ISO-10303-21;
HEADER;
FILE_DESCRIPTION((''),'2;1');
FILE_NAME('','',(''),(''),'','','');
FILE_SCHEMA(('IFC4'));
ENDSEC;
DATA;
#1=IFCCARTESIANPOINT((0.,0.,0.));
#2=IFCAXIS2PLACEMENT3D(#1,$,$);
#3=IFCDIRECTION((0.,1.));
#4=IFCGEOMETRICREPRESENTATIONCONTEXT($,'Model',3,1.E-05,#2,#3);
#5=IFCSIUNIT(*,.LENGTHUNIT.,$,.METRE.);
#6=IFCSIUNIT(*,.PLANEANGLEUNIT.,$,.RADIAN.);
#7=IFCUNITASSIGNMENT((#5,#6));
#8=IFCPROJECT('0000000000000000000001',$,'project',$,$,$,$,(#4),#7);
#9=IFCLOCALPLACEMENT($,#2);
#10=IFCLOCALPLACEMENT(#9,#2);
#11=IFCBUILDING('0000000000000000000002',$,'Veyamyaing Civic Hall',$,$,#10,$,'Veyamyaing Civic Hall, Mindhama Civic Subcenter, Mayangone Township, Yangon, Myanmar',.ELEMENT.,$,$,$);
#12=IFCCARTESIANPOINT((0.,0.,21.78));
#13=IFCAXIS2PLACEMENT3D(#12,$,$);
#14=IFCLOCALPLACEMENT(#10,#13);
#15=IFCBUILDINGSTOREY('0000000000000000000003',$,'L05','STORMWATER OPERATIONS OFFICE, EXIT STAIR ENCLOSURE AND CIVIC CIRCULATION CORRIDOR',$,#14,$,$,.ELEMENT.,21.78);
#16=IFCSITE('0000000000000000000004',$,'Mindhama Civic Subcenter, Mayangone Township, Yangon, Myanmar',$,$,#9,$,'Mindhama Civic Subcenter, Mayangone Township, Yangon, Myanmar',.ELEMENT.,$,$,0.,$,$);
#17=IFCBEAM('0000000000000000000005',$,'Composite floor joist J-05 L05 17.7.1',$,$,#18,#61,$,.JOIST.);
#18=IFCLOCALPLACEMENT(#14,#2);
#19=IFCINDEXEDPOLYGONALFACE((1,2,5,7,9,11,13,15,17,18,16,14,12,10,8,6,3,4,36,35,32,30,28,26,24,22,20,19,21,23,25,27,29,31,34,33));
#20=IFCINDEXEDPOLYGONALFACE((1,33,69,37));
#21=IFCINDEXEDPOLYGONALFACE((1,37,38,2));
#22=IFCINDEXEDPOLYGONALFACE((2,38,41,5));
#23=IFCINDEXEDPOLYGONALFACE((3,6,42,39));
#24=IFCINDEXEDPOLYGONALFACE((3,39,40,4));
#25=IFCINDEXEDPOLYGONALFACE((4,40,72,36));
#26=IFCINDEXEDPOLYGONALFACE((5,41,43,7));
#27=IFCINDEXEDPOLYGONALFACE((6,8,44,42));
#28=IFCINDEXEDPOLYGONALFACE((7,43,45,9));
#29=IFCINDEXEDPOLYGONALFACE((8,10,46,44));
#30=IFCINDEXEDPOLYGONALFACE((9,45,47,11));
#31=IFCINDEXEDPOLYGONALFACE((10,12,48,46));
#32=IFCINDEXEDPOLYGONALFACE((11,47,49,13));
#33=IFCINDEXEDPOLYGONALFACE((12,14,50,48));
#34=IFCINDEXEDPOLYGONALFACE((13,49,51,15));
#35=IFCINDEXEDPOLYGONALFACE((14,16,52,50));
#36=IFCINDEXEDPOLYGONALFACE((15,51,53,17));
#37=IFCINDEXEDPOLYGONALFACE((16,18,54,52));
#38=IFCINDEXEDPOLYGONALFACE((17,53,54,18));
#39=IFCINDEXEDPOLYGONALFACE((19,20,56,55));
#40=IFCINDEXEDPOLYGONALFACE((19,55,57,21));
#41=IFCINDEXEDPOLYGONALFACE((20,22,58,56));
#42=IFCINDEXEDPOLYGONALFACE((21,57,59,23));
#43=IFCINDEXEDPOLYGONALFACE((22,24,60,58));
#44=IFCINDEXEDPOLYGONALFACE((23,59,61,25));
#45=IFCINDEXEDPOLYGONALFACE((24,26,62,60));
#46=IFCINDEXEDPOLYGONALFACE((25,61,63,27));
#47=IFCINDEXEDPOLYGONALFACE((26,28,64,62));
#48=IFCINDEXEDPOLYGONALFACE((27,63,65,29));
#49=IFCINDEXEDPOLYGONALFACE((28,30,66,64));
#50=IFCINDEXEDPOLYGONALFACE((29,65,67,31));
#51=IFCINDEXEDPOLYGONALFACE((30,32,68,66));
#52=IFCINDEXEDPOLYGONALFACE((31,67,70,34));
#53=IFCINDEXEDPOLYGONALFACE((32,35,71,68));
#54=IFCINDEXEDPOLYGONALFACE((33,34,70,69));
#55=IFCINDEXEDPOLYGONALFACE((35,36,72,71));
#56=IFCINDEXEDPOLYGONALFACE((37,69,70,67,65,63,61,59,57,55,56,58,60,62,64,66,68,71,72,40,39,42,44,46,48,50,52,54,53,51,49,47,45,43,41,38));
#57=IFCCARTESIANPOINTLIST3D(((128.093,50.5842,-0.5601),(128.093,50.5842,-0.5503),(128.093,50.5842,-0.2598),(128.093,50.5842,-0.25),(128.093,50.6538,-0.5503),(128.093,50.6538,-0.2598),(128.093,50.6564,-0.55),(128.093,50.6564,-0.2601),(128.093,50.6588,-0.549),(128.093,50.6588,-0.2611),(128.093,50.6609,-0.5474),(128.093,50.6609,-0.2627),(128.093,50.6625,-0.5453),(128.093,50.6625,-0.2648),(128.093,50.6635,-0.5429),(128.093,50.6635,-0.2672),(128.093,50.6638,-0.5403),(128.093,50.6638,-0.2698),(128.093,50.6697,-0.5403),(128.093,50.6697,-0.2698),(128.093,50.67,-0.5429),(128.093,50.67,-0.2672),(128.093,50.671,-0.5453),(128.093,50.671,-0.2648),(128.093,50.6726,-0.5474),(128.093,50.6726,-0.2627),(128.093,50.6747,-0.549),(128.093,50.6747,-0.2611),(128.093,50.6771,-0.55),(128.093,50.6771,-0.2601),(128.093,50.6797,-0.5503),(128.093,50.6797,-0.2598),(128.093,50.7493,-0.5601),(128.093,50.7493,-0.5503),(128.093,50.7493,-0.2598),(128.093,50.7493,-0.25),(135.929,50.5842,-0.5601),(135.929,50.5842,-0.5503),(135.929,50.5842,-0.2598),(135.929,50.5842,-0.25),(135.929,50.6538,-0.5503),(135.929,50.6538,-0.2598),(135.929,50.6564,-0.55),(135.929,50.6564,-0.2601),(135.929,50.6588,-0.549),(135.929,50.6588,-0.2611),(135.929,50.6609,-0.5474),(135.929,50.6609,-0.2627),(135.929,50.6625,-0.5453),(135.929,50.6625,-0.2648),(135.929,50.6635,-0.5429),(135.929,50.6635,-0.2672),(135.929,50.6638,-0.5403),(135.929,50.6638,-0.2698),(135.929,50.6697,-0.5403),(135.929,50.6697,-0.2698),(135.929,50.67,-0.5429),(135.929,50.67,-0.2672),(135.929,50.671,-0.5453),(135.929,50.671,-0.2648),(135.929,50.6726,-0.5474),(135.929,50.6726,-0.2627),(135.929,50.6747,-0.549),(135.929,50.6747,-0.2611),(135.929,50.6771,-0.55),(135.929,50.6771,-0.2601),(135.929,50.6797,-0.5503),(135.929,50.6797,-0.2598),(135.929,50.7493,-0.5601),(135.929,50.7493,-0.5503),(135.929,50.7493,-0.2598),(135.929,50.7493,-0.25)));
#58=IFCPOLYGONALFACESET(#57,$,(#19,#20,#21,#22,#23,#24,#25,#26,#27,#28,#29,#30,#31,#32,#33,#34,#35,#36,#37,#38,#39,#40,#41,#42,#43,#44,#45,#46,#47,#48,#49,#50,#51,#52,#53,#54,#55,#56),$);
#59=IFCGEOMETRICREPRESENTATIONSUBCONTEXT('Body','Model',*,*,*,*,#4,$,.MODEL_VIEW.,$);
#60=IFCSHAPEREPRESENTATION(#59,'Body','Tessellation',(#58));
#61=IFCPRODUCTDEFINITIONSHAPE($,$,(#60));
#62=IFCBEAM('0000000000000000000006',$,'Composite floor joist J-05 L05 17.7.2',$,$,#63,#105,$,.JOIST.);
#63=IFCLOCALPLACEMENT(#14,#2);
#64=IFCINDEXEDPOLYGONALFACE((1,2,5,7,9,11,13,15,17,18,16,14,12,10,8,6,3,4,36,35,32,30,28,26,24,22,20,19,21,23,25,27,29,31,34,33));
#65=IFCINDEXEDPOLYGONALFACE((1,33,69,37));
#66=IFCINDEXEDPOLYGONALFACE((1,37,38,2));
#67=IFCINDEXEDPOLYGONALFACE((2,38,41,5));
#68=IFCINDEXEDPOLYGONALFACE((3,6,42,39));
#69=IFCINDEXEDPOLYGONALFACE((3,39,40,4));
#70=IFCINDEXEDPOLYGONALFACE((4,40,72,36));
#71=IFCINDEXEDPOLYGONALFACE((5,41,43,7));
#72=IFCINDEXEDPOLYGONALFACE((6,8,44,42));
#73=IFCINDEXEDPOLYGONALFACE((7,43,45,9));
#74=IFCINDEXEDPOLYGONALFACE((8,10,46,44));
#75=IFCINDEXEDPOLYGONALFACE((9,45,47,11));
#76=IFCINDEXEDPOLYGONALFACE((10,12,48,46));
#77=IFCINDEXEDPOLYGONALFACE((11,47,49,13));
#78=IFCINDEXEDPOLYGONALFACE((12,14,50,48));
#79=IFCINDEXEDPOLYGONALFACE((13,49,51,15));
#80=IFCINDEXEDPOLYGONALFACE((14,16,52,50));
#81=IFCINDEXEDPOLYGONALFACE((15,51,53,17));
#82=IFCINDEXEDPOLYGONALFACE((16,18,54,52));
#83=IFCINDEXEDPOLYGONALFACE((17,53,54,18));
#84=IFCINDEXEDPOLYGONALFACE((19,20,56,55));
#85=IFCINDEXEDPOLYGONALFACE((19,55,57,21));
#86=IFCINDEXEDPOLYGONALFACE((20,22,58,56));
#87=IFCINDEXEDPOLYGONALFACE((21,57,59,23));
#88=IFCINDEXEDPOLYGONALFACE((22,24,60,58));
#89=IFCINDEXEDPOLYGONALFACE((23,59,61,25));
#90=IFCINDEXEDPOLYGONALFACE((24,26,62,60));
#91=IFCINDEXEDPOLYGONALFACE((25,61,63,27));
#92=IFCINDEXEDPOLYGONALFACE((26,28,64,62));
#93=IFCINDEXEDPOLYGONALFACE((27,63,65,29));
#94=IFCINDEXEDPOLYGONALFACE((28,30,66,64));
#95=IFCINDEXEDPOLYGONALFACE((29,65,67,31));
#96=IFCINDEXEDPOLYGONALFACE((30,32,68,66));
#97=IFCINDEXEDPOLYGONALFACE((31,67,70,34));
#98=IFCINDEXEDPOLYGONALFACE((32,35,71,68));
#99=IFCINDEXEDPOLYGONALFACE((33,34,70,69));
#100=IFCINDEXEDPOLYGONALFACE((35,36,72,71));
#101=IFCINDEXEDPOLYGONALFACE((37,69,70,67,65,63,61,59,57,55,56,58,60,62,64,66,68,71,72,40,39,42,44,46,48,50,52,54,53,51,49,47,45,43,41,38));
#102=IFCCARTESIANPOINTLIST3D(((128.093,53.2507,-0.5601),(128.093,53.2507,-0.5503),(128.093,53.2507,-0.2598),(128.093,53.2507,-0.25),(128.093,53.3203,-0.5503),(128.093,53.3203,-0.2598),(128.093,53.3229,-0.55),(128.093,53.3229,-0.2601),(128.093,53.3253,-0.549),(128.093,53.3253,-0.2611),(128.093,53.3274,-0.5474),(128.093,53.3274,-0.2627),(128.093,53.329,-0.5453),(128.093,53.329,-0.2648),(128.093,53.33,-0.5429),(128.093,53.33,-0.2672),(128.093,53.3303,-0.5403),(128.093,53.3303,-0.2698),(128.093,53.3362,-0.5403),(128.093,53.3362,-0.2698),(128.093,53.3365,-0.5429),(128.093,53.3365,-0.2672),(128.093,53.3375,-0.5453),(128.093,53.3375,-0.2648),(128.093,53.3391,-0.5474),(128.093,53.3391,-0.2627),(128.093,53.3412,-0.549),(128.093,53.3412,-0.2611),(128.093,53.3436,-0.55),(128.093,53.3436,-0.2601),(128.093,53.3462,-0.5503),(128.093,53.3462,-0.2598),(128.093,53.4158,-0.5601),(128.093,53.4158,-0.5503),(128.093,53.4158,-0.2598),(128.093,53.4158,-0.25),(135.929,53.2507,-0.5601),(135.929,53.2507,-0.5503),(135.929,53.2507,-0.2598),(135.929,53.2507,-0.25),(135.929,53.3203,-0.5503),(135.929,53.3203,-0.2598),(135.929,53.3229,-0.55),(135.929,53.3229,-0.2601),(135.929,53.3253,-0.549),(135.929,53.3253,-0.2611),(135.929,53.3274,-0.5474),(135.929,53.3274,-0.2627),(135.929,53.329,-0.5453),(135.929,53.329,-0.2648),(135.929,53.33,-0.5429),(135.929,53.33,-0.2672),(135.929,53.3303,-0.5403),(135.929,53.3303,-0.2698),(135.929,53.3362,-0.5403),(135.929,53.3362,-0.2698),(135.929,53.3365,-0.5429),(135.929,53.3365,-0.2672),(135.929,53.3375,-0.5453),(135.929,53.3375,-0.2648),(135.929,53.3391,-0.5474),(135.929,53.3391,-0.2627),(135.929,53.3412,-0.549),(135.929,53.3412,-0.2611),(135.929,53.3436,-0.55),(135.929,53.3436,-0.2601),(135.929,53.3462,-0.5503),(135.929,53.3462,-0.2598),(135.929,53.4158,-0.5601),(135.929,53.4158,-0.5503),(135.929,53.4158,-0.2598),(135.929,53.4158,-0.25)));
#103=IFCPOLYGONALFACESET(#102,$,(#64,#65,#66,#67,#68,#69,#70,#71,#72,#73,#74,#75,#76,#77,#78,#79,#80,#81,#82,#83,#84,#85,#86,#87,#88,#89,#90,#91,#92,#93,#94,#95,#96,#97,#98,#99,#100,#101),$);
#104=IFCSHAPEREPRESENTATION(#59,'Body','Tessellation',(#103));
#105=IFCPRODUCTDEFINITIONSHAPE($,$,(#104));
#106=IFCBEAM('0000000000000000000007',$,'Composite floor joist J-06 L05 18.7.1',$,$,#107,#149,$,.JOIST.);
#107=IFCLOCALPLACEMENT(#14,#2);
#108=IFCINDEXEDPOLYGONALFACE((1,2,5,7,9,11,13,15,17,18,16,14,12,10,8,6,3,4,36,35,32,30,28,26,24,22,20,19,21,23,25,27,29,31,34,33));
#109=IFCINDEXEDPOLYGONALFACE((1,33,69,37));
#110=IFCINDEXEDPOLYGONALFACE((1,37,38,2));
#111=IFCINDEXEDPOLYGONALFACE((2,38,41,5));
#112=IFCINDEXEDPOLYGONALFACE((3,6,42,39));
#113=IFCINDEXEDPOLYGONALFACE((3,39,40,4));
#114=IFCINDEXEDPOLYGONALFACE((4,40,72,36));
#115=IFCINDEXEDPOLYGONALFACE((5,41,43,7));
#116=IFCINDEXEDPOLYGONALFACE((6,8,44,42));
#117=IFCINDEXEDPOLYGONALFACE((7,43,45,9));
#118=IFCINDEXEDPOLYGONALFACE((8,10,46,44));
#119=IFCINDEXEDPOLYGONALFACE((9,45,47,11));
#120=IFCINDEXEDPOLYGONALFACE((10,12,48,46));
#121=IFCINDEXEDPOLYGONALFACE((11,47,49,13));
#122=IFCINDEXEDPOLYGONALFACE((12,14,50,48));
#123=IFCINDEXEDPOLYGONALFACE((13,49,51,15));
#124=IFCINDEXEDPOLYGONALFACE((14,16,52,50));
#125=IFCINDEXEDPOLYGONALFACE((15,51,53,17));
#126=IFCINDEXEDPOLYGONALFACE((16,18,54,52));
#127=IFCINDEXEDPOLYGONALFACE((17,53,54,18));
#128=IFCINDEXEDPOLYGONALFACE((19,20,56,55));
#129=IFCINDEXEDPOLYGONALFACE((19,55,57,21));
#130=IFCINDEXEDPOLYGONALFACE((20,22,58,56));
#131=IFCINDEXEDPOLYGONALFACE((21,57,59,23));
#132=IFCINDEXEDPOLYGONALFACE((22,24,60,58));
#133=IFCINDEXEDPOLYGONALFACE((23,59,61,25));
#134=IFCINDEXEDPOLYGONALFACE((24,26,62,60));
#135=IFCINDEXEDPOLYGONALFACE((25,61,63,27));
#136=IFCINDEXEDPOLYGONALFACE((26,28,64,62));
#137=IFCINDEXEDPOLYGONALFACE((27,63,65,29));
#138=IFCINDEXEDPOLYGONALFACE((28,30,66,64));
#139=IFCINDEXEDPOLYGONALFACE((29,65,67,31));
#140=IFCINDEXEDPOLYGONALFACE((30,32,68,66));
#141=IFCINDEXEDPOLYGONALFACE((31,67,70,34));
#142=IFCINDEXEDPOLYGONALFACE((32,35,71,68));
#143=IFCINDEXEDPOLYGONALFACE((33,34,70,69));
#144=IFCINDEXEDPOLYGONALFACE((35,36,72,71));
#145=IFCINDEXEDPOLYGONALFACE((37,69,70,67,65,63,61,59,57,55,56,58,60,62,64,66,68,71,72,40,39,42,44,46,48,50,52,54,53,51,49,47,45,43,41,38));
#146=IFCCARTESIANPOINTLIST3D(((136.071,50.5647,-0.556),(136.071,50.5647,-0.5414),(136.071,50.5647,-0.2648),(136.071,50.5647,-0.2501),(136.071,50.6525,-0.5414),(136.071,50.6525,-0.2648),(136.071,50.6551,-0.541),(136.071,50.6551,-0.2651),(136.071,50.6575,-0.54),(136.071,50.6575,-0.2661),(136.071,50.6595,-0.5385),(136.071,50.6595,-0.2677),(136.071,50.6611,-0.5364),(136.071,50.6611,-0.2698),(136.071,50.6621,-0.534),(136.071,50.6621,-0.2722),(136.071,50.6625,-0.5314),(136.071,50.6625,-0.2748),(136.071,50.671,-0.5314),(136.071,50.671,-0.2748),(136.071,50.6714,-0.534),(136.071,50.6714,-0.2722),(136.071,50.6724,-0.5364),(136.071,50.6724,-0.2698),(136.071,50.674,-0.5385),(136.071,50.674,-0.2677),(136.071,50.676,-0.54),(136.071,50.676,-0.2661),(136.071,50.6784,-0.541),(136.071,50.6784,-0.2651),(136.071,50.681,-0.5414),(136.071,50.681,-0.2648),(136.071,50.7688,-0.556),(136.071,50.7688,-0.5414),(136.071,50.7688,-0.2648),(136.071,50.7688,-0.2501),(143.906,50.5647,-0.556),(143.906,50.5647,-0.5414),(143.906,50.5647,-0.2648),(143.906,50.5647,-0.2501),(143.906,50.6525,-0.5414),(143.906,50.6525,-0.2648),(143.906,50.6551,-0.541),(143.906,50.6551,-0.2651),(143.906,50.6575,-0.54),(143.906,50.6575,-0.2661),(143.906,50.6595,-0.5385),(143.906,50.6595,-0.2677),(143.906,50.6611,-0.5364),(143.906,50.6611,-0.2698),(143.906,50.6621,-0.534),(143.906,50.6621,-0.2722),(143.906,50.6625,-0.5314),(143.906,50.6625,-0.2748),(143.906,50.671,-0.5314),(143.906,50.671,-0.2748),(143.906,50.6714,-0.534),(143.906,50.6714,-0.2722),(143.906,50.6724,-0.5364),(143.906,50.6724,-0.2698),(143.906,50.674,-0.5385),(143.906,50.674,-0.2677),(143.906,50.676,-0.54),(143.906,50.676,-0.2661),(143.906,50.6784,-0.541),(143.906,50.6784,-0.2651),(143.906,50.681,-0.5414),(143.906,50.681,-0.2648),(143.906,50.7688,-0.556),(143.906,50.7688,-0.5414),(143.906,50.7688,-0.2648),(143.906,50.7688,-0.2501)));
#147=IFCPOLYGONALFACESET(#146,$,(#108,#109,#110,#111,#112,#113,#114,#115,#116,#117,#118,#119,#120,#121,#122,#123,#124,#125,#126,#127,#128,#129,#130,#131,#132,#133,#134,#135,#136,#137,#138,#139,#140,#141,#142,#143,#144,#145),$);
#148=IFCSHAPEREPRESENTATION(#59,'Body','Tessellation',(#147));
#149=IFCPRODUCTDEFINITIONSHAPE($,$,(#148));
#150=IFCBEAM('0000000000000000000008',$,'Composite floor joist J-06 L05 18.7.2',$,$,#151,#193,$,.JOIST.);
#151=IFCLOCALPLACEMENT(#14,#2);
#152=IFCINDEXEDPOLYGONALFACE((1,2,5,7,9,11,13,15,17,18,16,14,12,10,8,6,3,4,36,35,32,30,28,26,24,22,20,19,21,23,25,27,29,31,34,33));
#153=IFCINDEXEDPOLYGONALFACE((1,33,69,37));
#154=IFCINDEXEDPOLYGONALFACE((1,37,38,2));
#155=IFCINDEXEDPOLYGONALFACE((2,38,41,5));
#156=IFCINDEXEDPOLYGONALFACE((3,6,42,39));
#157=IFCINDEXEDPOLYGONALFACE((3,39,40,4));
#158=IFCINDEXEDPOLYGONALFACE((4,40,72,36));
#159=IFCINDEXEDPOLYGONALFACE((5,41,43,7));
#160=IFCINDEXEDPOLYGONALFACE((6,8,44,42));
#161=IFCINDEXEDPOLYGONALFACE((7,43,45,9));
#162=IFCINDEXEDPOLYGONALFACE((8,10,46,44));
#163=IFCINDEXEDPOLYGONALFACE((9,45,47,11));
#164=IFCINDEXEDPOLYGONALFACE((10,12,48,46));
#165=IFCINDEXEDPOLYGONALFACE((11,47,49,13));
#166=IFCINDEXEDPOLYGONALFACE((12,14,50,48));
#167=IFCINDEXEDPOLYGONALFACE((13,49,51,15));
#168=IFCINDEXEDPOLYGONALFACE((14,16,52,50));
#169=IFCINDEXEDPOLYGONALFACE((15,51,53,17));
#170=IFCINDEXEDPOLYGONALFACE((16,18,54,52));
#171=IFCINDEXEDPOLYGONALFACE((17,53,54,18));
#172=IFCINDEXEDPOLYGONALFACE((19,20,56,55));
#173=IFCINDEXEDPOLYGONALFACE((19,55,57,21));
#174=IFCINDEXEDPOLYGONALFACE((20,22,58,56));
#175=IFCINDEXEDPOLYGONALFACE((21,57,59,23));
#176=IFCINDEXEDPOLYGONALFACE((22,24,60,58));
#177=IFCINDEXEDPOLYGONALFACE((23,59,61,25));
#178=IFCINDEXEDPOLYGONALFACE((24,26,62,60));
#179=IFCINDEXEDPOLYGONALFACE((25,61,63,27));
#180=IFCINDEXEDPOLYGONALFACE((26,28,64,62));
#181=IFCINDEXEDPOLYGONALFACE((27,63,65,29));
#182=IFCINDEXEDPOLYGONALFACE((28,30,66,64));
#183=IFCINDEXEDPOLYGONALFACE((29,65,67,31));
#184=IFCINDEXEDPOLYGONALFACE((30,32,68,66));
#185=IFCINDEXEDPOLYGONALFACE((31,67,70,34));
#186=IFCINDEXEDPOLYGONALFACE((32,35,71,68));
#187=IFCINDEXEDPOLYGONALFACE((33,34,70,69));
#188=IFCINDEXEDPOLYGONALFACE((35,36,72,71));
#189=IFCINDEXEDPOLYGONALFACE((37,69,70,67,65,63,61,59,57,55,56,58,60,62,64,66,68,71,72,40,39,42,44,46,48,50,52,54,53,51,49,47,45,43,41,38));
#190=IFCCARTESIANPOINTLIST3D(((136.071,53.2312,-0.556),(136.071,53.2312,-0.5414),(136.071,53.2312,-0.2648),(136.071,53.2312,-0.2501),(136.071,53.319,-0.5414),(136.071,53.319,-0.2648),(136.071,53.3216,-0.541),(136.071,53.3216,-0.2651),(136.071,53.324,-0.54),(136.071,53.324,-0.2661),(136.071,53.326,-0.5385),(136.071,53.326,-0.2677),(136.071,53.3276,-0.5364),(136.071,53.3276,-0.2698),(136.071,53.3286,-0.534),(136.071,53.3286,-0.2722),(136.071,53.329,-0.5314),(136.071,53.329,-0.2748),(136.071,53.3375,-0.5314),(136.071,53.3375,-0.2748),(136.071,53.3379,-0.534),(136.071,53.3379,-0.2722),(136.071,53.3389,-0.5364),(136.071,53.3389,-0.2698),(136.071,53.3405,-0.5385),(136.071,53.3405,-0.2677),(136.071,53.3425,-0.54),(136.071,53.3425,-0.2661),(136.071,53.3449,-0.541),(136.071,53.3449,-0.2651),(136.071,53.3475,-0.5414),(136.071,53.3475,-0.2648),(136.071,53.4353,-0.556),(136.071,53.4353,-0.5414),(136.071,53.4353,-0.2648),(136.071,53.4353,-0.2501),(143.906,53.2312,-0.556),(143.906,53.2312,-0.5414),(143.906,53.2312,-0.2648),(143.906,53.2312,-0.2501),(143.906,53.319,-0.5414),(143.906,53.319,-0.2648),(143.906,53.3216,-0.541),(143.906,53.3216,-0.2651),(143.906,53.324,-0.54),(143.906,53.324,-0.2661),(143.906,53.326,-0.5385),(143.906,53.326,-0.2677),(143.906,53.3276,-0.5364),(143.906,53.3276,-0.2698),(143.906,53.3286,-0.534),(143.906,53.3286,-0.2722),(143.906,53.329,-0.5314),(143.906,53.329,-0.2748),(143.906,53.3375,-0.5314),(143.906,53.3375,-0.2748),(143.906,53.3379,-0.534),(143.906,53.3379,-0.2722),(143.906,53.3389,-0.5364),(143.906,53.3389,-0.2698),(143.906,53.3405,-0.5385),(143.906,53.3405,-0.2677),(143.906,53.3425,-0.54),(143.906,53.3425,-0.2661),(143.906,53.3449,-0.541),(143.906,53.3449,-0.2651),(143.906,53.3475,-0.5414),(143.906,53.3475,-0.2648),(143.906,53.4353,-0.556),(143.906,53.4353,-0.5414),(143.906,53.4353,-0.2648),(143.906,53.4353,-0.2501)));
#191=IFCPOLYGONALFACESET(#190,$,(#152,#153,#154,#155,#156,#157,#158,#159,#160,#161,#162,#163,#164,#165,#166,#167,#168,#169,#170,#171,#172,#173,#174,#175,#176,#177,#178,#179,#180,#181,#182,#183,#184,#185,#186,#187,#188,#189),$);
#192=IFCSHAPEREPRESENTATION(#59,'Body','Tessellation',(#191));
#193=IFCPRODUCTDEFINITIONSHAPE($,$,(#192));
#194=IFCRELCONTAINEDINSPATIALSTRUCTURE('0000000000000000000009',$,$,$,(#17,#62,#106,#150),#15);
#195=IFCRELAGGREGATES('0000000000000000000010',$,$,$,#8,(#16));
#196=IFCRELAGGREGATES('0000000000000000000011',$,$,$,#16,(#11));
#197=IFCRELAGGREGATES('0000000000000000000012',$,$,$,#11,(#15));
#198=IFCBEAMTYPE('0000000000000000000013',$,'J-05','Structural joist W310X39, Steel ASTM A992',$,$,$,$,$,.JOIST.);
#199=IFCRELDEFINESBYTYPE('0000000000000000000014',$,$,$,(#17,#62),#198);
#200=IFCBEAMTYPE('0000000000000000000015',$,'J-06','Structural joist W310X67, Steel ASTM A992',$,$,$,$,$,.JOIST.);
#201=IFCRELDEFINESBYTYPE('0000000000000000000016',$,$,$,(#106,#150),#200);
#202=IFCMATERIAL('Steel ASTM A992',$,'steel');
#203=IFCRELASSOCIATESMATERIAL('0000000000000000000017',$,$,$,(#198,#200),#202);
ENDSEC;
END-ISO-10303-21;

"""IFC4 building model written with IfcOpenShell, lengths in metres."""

from ifc_helpers import new_model, si_unit, direction, frame, origin, origin_2d, place, context, subcontext, project, spatial, i_section, extrude, material, material_profile, profile_set, type_object, element, save


model = new_model("IFC4")

# Units and contexts
model_context = context("Model", 3, precision=1e-05, world=origin(), true_north=direction((0.0, 1.0)))
body_context = subcontext(model_context, "Body", "Model", "MODEL_VIEW")
ifc_project = project(units=[si_unit("LENGTHUNIT", "METRE"), si_unit("PLANEANGLEUNIT", "RADIAN")], contexts=[model_context])

# Site, building, storey
site_placement = place(None, origin())
site = spatial("IfcSite", under=ifc_project, at=site_placement, Name="Mindhama Civic Subcenter, Mayangone Township, Yangon, Myanmar", LongName="Mindhama Civic Subcenter, Mayangone Township, Yangon, Myanmar", CompositionType="ELEMENT", RefElevation=0.0)
building_placement = place(site_placement, origin())
building = spatial("IfcBuilding", under=site, at=building_placement, Name="Veyamyaing Civic Hall", LongName="Veyamyaing Civic Hall, Mindhama Civic Subcenter, Mayangone Township, Yangon, Myanmar", CompositionType="ELEMENT")
storey_placement = place(building_placement, frame((0.0, 0.0, 21.78)))
storey = spatial("IfcBuildingStorey", under=building, at=storey_placement, Name="L05", Description="STORMWATER OPERATIONS OFFICE, EXIT STAIR ENCLOSURE AND CIVIC CIRCULATION CORRIDOR", CompositionType="ELEMENT", Elevation=21.78)

# Beams
ifc_material = material(Name="Steel ASTM A992", Category="steel")
ifc_material_profile_1 = material_profile(ifc_material, i_section(OverallWidth=0.165, OverallDepth=0.3101, WebThickness=0.0059, FlangeThickness=0.0098, FilletRadius=0.01, at=origin_2d()), Name="W310X39")
ifc_profile_set_1 = profile_set([ifc_material_profile_1], Name="Steel ASTM A992")
beam_type_1 = type_object("IfcBeamType", Name="J-05", Description="Structural joist W310X39, Steel ASTM A992", PredefinedType="JOIST", material=ifc_profile_set_1)
for number, where, z_axis, x_axis, name in (
    (1, (128.093, 50.6667, -0.405), (1.0, 0.0, 0.0), (0.0, 1.0, 0.0), "Composite floor joist J-05 L05 17.7.1"),
    (2, (128.093, 53.3333, -0.405), (1.0, 0.0, 0.0), (0.0, 1.0, 0.0), "Composite floor joist J-05 L05 17.7.2"),
):
    element("IfcBeam", number, at=place(storey_placement, frame(where, z_axis=z_axis, x_axis=x_axis)), inside=storey, type_object=beam_type_1, Name=name, PredefinedType="JOIST", context=body_context, shape_type="SweptSolid", body=[
        extrude(i_section(OverallWidth=0.165, OverallDepth=0.3101, WebThickness=0.0059, FlangeThickness=0.0098, FilletRadius=0.01, at=origin_2d()), origin(), (0.0, 0.0, 1.0), 7.8359),
    ])
ifc_material_profile_2 = material_profile(ifc_material, i_section(OverallWidth=0.2041, OverallDepth=0.3059, WebThickness=0.0085, FlangeThickness=0.0146, FilletRadius=0.01, at=origin_2d()), Name="W310X67")
ifc_profile_set_2 = profile_set([ifc_material_profile_2], Name="Steel ASTM A992")
beam_type_2 = type_object("IfcBeamType", Name="J-06", Description="Structural joist W310X67, Steel ASTM A992", PredefinedType="JOIST", material=ifc_profile_set_2)
for number, where, z_axis, x_axis, name in (
    (3, (136.071, 50.6667, -0.4031), (1.0, 0.0, 0.0), (0.0, 1.0, 0.0), "Composite floor joist J-06 L05 18.7.1"),
    (4, (136.071, 53.3333, -0.4031), (1.0, 0.0, 0.0), (0.0, 1.0, 0.0), "Composite floor joist J-06 L05 18.7.2"),
):
    element("IfcBeam", number, at=place(storey_placement, frame(where, z_axis=z_axis, x_axis=x_axis)), inside=storey, type_object=beam_type_2, Name=name, PredefinedType="JOIST", context=body_context, shape_type="SweptSolid", body=[
        extrude(i_section(OverallWidth=0.2041, OverallDepth=0.3059, WebThickness=0.0085, FlangeThickness=0.0146, FilletRadius=0.01, at=origin_2d()), origin(), (0.0, 0.0, 1.0), 7.835),
    ])

save(model, "model.ifc")
